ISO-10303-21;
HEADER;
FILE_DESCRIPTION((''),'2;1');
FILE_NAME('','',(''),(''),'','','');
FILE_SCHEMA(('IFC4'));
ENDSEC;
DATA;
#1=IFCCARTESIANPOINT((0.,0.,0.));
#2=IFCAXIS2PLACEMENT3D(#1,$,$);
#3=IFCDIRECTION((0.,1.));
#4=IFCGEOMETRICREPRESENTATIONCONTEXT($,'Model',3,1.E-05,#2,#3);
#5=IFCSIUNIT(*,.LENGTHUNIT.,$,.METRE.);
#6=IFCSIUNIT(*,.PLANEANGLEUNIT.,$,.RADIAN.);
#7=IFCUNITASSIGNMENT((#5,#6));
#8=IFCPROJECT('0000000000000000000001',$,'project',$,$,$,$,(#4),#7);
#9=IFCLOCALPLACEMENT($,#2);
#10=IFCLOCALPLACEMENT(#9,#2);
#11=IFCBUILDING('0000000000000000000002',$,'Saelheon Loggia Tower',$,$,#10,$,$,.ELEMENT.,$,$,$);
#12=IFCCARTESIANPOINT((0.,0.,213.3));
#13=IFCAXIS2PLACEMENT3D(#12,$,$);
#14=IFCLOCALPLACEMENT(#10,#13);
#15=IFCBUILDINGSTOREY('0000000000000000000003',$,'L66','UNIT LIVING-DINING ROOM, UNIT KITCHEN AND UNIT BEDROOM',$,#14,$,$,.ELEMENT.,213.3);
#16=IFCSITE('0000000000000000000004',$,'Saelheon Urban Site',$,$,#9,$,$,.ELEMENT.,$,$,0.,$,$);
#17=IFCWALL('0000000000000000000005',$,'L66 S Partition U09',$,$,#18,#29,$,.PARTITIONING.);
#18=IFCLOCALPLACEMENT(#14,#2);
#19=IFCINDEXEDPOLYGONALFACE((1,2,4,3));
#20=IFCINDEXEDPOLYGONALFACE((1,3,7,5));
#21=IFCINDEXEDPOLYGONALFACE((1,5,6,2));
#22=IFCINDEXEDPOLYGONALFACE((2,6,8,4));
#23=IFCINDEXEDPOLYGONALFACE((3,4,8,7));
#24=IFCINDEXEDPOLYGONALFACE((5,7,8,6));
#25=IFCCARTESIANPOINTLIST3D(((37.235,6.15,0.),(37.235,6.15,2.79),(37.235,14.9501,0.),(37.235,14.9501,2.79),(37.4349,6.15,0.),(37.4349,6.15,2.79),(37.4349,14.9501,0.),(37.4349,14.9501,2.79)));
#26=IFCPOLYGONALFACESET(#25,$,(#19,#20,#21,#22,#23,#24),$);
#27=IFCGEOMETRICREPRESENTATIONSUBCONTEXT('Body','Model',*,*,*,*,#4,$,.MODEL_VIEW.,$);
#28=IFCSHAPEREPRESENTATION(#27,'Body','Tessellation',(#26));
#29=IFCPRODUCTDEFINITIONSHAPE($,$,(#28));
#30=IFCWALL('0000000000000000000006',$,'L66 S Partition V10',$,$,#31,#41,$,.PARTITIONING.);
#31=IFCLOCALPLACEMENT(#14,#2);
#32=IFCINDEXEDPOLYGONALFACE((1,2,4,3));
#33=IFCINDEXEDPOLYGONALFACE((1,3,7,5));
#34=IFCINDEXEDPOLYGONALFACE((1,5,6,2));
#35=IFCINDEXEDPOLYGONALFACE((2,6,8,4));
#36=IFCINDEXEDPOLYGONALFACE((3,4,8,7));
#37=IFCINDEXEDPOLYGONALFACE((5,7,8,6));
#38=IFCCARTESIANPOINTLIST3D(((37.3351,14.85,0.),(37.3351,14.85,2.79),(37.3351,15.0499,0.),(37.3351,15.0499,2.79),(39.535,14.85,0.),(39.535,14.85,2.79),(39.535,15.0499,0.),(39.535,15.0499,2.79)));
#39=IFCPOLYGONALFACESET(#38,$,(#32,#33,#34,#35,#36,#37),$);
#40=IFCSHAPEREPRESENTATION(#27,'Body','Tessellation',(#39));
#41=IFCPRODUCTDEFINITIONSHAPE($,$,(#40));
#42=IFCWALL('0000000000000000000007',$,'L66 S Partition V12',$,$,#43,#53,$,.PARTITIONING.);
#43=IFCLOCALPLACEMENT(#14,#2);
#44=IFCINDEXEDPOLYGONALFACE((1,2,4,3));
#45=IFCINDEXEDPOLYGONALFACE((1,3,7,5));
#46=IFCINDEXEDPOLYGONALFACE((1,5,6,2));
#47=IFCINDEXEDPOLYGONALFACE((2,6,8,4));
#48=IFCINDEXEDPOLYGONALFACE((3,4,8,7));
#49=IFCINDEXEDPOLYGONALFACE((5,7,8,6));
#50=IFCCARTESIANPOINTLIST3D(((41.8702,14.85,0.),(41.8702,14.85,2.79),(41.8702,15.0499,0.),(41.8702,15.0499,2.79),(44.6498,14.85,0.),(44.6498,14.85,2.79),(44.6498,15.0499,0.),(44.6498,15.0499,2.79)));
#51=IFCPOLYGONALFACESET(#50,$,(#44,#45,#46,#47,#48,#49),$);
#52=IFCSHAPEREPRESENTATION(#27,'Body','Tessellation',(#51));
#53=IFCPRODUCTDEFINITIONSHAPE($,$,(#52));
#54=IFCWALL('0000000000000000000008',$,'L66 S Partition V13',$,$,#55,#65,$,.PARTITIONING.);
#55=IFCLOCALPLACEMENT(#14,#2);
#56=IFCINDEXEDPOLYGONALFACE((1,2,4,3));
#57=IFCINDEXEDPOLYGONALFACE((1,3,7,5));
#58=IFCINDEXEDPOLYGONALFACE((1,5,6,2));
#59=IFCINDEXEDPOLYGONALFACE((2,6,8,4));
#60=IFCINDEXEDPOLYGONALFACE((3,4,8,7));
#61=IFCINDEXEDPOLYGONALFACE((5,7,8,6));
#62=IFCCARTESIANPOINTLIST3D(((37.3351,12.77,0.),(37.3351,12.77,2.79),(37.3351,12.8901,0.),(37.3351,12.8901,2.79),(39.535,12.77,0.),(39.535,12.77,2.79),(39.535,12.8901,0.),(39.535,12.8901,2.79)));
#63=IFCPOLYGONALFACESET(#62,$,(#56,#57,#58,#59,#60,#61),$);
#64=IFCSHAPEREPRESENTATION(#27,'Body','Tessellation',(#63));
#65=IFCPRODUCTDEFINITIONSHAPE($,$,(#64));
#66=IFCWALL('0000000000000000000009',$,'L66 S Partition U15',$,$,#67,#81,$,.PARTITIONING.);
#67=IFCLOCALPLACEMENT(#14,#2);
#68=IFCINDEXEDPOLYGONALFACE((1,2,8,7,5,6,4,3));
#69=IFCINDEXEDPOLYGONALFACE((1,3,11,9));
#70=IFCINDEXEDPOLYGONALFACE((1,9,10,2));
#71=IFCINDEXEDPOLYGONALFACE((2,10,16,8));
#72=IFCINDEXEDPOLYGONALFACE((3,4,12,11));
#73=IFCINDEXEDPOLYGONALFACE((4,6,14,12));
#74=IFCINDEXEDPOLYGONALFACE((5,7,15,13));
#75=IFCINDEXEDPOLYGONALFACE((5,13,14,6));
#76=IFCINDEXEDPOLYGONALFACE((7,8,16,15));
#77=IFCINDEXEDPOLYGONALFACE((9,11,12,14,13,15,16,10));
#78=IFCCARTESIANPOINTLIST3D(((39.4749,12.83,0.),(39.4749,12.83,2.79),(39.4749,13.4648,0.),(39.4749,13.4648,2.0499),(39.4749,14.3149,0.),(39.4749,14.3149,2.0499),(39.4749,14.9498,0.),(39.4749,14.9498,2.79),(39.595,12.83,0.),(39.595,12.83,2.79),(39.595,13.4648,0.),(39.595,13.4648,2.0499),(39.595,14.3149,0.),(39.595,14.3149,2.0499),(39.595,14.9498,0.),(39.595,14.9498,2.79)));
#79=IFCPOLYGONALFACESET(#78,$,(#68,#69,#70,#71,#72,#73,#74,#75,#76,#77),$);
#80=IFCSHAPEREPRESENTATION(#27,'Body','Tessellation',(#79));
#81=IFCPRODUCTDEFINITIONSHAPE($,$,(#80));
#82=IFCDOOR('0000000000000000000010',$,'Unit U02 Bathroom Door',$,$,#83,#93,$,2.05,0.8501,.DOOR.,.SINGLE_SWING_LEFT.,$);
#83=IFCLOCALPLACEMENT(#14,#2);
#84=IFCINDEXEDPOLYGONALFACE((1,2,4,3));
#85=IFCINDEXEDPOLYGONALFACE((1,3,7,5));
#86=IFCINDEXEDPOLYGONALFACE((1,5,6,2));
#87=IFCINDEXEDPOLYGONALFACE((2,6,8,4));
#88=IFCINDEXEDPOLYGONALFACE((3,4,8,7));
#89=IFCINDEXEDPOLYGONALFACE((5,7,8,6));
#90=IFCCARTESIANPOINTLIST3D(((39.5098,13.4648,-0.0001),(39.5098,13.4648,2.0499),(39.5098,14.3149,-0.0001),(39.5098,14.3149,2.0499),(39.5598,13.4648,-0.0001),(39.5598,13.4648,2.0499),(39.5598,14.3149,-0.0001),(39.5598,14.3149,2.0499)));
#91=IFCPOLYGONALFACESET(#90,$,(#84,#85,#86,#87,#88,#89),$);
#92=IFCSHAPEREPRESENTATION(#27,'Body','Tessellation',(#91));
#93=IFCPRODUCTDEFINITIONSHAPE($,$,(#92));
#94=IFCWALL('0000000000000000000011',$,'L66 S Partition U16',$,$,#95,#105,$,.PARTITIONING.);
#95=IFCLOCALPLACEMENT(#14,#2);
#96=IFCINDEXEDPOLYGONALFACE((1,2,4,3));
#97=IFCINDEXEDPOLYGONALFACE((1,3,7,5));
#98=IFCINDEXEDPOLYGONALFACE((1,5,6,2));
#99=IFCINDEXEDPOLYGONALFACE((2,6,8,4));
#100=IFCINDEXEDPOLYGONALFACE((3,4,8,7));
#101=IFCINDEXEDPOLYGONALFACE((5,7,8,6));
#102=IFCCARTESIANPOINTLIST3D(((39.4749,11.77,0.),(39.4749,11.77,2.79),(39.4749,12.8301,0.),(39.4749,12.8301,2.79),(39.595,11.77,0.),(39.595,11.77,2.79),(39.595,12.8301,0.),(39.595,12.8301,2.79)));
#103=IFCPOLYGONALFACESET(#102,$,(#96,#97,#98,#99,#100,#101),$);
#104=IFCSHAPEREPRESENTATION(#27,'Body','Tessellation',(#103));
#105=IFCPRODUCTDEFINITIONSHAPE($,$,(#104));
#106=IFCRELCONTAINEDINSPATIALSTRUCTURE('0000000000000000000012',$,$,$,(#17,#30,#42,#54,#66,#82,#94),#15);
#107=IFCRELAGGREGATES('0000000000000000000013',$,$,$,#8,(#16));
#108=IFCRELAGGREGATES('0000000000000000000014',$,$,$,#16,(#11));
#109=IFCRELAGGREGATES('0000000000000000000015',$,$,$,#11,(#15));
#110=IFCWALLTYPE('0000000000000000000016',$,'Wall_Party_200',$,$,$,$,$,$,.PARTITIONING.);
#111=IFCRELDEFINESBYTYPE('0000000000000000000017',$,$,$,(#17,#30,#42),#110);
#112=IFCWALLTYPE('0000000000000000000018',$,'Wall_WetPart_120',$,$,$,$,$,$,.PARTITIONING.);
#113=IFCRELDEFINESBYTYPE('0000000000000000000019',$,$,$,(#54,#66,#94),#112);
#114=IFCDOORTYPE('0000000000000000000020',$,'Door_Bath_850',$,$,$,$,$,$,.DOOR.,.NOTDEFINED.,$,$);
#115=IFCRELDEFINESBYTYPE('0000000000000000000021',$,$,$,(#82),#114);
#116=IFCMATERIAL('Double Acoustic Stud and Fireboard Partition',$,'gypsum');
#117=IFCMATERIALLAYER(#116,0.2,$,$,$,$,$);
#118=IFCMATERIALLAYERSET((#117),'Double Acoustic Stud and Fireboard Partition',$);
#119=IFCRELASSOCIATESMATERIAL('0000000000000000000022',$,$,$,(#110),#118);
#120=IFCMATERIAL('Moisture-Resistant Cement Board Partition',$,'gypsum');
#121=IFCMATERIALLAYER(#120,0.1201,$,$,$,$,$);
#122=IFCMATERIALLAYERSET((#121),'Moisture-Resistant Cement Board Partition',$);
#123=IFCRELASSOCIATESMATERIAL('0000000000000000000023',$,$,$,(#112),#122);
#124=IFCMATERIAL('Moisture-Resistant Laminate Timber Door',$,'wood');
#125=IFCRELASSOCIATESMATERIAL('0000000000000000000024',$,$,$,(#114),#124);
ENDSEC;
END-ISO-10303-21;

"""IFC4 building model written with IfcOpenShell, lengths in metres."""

from ifc_helpers import new_model, si_unit, direction, frame, frame_2d, origin, place, context, subcontext, project, spatial, rectangle, extrude, source, transform, mapped, material, layer, layer_set, type_object, element, fill, save


model = new_model("IFC4")

# Units and contexts
model_context = context("Model", 3, precision=1e-05, world=origin(), true_north=direction((0.0, 1.0)))
body_context = subcontext(model_context, "Body", "Model", "MODEL_VIEW")
ifc_project = project(units=[si_unit("LENGTHUNIT", "METRE"), si_unit("PLANEANGLEUNIT", "RADIAN")], contexts=[model_context])

# Site, building, storey
site_placement = place(None, origin())
site = spatial("IfcSite", under=ifc_project, at=site_placement, Name="Saelheon Urban Site", CompositionType="ELEMENT", RefElevation=0.0)
building_placement = place(site_placement, origin())
building = spatial("IfcBuilding", under=site, at=building_placement, Name="Saelheon Loggia Tower", CompositionType="ELEMENT")
storey_placement = place(building_placement, frame((0.0, 0.0, 213.3)))
storey = spatial("IfcBuildingStorey", under=building, at=storey_placement, Name="L66", Description="UNIT LIVING-DINING ROOM, UNIT KITCHEN AND UNIT BEDROOM", CompositionType="ELEMENT", Elevation=213.3)

# Walls
ifc_material_1 = material(Name="Double Acoustic Stud and Fireboard Partition", Category="gypsum")
ifc_layer_1 = layer(ifc_material_1, 0.2)
ifc_layer_set_1 = layer_set([ifc_layer_1], Name="Double Acoustic Stud and Fireboard Partition")
wall_type_1 = type_object("IfcWallType", Name="Wall_Party_200", PredefinedType="PARTITIONING", material=ifc_layer_set_1)
wall_1_placement = place(storey_placement, frame((37.335, 14.95, 0.0), z_axis=(0.0, 0.0, 1.0), x_axis=(0.0, -1.0, 0.0)))
element("IfcWall", 1, at=wall_1_placement, inside=storey, type_object=wall_type_1, Name="L66 S Partition U09", PredefinedType="PARTITIONING", context=body_context, shape_type="SweptSolid", body=[
    extrude(rectangle(XDim=8.8, YDim=0.2, at=frame_2d((4.3999, 0.0))), origin(), (0.0, 0.0, 1.0), 2.79),
])
wall_2_placement = place(storey_placement, frame((37.335, 14.95, 0.0), z_axis=(0.0, 0.0, 1.0), x_axis=(1.0, 0.0, 0.0)))
element("IfcWall", 2, at=wall_2_placement, inside=storey, type_object=wall_type_1, Name="L66 S Partition V10", PredefinedType="PARTITIONING", context=body_context, shape_type="SweptSolid", body=[
    extrude(rectangle(XDim=2.2, YDim=0.2, at=frame_2d((1.1001, 0.0))), origin(), (0.0, 0.0, 1.0), 2.79),
])

# Walls
wall_3_placement = place(storey_placement, frame((41.8704, 14.95, 0.0), z_axis=(0.0, 0.0, 1.0), x_axis=(1.0, 0.0, 0.0)))
element("IfcWall", 3, at=wall_3_placement, inside=storey, type_object=wall_type_1, Name="L66 S Partition V12", PredefinedType="PARTITIONING", context=body_context, shape_type="SweptSolid", body=[
    extrude(rectangle(XDim=2.7795, YDim=0.2, at=frame_2d((1.3896, 0.0))), origin(), (0.0, 0.0, 1.0), 2.79),
])
ifc_material_2 = material(Name="Moisture-Resistant Cement Board Partition", Category="gypsum")
ifc_layer_2 = layer(ifc_material_2, 0.1201)
ifc_layer_set_2 = layer_set([ifc_layer_2], Name="Moisture-Resistant Cement Board Partition")
wall_type_2 = type_object("IfcWallType", Name="Wall_WetPart_120", PredefinedType="PARTITIONING", material=ifc_layer_set_2)
wall_4_placement = place(storey_placement, frame((37.335, 12.8301, 0.0), z_axis=(0.0, 0.0, 1.0), x_axis=(1.0, 0.0, 0.0)))
element("IfcWall", 4, at=wall_4_placement, inside=storey, type_object=wall_type_2, Name="L66 S Partition V13", PredefinedType="PARTITIONING", context=body_context, shape_type="SweptSolid", body=[
    extrude(rectangle(XDim=2.2, YDim=0.1201, at=frame_2d((1.1001, 0.0))), origin(), (0.0, 0.0, 1.0), 2.79),
])

# Wall, opening, door
wall_5_placement = place(storey_placement, frame((39.5349, 14.95, 0.0), z_axis=(0.0, 0.0, 1.0), x_axis=(0.0, -1.0, 0.0)))
wall_5 = element("IfcWall", 5, at=wall_5_placement, inside=storey, type_object=wall_type_2, Name="L66 S Partition U15", PredefinedType="PARTITIONING", context=body_context, shape_type="SweptSolid", body=[
    extrude(rectangle(XDim=2.1199, YDim=0.1201, at=frame_2d((1.0601, 0.0))), origin(), (0.0, 0.0, 1.0), 2.79),
])
opening_1_placement = place(wall_5_placement, frame((0.635, 0.0, 0.0)))
opening_1 = element("IfcOpeningElement", 6, at=opening_1_placement, cuts=wall_5, PredefinedType="OPENING", context=body_context, shape_type="SweptSolid", body=[
    extrude(rectangle(XDim=0.8501, YDim=2.05, at=frame_2d((0.425, 1.0249))), frame((0.0, 0.072, 0.0), z_axis=(0.0, -1.0, 0.0), x_axis=(1.0, 0.0, 0.0)), (0.0, 0.0, 1.0), 0.144),
])
ifc_material_3 = material(Name="Moisture-Resistant Laminate Timber Door", Category="wood")
door_type_1 = type_object("IfcDoorType", Name="Door_Bath_850", OperationType="NOTDEFINED", PredefinedType="DOOR", material=ifc_material_3)
shared_shape_1 = source(origin(), body_context, "Body", "SweptSolid", [
    extrude(rectangle(XDim=0.8501, YDim=2.05, at=frame_2d((0.425, 1.0249))), frame((0.0, 0.0249, 0.0), z_axis=(0.0, -1.0, 0.0), x_axis=(1.0, 0.0, 0.0)), (0.0, 0.0, 1.0), 0.05),
])
door_1_placement = place(opening_1_placement, origin())
door_1 = element("IfcDoor", 7, at=door_1_placement, inside=storey, type_object=door_type_1, Name="Unit U02 Bathroom Door", OperationType="SINGLE_SWING_LEFT", OverallHeight=2.05, OverallWidth=0.8501, PredefinedType="DOOR", context=body_context, shape_type="MappedRepresentation", body=[
    mapped(shared_shape_1, transform((0.0, 0.0, 0.0), scale=1.0)),
])
fill(opening_1, door_1)

# Wall
wall_6_placement = place(storey_placement, frame((39.5349, 12.8301, 0.0), z_axis=(0.0, 0.0, 1.0), x_axis=(0.0, -1.0, 0.0)))
element("IfcWall", 8, at=wall_6_placement, inside=storey, type_object=wall_type_2, Name="L66 S Partition U16", PredefinedType="PARTITIONING", context=body_context, shape_type="SweptSolid", body=[
    extrude(rectangle(XDim=1.0601, YDim=0.1201, at=frame_2d((0.53, 0.0))), origin(), (0.0, 0.0, 1.0), 2.79),
])

save(model, "model.ifc")
